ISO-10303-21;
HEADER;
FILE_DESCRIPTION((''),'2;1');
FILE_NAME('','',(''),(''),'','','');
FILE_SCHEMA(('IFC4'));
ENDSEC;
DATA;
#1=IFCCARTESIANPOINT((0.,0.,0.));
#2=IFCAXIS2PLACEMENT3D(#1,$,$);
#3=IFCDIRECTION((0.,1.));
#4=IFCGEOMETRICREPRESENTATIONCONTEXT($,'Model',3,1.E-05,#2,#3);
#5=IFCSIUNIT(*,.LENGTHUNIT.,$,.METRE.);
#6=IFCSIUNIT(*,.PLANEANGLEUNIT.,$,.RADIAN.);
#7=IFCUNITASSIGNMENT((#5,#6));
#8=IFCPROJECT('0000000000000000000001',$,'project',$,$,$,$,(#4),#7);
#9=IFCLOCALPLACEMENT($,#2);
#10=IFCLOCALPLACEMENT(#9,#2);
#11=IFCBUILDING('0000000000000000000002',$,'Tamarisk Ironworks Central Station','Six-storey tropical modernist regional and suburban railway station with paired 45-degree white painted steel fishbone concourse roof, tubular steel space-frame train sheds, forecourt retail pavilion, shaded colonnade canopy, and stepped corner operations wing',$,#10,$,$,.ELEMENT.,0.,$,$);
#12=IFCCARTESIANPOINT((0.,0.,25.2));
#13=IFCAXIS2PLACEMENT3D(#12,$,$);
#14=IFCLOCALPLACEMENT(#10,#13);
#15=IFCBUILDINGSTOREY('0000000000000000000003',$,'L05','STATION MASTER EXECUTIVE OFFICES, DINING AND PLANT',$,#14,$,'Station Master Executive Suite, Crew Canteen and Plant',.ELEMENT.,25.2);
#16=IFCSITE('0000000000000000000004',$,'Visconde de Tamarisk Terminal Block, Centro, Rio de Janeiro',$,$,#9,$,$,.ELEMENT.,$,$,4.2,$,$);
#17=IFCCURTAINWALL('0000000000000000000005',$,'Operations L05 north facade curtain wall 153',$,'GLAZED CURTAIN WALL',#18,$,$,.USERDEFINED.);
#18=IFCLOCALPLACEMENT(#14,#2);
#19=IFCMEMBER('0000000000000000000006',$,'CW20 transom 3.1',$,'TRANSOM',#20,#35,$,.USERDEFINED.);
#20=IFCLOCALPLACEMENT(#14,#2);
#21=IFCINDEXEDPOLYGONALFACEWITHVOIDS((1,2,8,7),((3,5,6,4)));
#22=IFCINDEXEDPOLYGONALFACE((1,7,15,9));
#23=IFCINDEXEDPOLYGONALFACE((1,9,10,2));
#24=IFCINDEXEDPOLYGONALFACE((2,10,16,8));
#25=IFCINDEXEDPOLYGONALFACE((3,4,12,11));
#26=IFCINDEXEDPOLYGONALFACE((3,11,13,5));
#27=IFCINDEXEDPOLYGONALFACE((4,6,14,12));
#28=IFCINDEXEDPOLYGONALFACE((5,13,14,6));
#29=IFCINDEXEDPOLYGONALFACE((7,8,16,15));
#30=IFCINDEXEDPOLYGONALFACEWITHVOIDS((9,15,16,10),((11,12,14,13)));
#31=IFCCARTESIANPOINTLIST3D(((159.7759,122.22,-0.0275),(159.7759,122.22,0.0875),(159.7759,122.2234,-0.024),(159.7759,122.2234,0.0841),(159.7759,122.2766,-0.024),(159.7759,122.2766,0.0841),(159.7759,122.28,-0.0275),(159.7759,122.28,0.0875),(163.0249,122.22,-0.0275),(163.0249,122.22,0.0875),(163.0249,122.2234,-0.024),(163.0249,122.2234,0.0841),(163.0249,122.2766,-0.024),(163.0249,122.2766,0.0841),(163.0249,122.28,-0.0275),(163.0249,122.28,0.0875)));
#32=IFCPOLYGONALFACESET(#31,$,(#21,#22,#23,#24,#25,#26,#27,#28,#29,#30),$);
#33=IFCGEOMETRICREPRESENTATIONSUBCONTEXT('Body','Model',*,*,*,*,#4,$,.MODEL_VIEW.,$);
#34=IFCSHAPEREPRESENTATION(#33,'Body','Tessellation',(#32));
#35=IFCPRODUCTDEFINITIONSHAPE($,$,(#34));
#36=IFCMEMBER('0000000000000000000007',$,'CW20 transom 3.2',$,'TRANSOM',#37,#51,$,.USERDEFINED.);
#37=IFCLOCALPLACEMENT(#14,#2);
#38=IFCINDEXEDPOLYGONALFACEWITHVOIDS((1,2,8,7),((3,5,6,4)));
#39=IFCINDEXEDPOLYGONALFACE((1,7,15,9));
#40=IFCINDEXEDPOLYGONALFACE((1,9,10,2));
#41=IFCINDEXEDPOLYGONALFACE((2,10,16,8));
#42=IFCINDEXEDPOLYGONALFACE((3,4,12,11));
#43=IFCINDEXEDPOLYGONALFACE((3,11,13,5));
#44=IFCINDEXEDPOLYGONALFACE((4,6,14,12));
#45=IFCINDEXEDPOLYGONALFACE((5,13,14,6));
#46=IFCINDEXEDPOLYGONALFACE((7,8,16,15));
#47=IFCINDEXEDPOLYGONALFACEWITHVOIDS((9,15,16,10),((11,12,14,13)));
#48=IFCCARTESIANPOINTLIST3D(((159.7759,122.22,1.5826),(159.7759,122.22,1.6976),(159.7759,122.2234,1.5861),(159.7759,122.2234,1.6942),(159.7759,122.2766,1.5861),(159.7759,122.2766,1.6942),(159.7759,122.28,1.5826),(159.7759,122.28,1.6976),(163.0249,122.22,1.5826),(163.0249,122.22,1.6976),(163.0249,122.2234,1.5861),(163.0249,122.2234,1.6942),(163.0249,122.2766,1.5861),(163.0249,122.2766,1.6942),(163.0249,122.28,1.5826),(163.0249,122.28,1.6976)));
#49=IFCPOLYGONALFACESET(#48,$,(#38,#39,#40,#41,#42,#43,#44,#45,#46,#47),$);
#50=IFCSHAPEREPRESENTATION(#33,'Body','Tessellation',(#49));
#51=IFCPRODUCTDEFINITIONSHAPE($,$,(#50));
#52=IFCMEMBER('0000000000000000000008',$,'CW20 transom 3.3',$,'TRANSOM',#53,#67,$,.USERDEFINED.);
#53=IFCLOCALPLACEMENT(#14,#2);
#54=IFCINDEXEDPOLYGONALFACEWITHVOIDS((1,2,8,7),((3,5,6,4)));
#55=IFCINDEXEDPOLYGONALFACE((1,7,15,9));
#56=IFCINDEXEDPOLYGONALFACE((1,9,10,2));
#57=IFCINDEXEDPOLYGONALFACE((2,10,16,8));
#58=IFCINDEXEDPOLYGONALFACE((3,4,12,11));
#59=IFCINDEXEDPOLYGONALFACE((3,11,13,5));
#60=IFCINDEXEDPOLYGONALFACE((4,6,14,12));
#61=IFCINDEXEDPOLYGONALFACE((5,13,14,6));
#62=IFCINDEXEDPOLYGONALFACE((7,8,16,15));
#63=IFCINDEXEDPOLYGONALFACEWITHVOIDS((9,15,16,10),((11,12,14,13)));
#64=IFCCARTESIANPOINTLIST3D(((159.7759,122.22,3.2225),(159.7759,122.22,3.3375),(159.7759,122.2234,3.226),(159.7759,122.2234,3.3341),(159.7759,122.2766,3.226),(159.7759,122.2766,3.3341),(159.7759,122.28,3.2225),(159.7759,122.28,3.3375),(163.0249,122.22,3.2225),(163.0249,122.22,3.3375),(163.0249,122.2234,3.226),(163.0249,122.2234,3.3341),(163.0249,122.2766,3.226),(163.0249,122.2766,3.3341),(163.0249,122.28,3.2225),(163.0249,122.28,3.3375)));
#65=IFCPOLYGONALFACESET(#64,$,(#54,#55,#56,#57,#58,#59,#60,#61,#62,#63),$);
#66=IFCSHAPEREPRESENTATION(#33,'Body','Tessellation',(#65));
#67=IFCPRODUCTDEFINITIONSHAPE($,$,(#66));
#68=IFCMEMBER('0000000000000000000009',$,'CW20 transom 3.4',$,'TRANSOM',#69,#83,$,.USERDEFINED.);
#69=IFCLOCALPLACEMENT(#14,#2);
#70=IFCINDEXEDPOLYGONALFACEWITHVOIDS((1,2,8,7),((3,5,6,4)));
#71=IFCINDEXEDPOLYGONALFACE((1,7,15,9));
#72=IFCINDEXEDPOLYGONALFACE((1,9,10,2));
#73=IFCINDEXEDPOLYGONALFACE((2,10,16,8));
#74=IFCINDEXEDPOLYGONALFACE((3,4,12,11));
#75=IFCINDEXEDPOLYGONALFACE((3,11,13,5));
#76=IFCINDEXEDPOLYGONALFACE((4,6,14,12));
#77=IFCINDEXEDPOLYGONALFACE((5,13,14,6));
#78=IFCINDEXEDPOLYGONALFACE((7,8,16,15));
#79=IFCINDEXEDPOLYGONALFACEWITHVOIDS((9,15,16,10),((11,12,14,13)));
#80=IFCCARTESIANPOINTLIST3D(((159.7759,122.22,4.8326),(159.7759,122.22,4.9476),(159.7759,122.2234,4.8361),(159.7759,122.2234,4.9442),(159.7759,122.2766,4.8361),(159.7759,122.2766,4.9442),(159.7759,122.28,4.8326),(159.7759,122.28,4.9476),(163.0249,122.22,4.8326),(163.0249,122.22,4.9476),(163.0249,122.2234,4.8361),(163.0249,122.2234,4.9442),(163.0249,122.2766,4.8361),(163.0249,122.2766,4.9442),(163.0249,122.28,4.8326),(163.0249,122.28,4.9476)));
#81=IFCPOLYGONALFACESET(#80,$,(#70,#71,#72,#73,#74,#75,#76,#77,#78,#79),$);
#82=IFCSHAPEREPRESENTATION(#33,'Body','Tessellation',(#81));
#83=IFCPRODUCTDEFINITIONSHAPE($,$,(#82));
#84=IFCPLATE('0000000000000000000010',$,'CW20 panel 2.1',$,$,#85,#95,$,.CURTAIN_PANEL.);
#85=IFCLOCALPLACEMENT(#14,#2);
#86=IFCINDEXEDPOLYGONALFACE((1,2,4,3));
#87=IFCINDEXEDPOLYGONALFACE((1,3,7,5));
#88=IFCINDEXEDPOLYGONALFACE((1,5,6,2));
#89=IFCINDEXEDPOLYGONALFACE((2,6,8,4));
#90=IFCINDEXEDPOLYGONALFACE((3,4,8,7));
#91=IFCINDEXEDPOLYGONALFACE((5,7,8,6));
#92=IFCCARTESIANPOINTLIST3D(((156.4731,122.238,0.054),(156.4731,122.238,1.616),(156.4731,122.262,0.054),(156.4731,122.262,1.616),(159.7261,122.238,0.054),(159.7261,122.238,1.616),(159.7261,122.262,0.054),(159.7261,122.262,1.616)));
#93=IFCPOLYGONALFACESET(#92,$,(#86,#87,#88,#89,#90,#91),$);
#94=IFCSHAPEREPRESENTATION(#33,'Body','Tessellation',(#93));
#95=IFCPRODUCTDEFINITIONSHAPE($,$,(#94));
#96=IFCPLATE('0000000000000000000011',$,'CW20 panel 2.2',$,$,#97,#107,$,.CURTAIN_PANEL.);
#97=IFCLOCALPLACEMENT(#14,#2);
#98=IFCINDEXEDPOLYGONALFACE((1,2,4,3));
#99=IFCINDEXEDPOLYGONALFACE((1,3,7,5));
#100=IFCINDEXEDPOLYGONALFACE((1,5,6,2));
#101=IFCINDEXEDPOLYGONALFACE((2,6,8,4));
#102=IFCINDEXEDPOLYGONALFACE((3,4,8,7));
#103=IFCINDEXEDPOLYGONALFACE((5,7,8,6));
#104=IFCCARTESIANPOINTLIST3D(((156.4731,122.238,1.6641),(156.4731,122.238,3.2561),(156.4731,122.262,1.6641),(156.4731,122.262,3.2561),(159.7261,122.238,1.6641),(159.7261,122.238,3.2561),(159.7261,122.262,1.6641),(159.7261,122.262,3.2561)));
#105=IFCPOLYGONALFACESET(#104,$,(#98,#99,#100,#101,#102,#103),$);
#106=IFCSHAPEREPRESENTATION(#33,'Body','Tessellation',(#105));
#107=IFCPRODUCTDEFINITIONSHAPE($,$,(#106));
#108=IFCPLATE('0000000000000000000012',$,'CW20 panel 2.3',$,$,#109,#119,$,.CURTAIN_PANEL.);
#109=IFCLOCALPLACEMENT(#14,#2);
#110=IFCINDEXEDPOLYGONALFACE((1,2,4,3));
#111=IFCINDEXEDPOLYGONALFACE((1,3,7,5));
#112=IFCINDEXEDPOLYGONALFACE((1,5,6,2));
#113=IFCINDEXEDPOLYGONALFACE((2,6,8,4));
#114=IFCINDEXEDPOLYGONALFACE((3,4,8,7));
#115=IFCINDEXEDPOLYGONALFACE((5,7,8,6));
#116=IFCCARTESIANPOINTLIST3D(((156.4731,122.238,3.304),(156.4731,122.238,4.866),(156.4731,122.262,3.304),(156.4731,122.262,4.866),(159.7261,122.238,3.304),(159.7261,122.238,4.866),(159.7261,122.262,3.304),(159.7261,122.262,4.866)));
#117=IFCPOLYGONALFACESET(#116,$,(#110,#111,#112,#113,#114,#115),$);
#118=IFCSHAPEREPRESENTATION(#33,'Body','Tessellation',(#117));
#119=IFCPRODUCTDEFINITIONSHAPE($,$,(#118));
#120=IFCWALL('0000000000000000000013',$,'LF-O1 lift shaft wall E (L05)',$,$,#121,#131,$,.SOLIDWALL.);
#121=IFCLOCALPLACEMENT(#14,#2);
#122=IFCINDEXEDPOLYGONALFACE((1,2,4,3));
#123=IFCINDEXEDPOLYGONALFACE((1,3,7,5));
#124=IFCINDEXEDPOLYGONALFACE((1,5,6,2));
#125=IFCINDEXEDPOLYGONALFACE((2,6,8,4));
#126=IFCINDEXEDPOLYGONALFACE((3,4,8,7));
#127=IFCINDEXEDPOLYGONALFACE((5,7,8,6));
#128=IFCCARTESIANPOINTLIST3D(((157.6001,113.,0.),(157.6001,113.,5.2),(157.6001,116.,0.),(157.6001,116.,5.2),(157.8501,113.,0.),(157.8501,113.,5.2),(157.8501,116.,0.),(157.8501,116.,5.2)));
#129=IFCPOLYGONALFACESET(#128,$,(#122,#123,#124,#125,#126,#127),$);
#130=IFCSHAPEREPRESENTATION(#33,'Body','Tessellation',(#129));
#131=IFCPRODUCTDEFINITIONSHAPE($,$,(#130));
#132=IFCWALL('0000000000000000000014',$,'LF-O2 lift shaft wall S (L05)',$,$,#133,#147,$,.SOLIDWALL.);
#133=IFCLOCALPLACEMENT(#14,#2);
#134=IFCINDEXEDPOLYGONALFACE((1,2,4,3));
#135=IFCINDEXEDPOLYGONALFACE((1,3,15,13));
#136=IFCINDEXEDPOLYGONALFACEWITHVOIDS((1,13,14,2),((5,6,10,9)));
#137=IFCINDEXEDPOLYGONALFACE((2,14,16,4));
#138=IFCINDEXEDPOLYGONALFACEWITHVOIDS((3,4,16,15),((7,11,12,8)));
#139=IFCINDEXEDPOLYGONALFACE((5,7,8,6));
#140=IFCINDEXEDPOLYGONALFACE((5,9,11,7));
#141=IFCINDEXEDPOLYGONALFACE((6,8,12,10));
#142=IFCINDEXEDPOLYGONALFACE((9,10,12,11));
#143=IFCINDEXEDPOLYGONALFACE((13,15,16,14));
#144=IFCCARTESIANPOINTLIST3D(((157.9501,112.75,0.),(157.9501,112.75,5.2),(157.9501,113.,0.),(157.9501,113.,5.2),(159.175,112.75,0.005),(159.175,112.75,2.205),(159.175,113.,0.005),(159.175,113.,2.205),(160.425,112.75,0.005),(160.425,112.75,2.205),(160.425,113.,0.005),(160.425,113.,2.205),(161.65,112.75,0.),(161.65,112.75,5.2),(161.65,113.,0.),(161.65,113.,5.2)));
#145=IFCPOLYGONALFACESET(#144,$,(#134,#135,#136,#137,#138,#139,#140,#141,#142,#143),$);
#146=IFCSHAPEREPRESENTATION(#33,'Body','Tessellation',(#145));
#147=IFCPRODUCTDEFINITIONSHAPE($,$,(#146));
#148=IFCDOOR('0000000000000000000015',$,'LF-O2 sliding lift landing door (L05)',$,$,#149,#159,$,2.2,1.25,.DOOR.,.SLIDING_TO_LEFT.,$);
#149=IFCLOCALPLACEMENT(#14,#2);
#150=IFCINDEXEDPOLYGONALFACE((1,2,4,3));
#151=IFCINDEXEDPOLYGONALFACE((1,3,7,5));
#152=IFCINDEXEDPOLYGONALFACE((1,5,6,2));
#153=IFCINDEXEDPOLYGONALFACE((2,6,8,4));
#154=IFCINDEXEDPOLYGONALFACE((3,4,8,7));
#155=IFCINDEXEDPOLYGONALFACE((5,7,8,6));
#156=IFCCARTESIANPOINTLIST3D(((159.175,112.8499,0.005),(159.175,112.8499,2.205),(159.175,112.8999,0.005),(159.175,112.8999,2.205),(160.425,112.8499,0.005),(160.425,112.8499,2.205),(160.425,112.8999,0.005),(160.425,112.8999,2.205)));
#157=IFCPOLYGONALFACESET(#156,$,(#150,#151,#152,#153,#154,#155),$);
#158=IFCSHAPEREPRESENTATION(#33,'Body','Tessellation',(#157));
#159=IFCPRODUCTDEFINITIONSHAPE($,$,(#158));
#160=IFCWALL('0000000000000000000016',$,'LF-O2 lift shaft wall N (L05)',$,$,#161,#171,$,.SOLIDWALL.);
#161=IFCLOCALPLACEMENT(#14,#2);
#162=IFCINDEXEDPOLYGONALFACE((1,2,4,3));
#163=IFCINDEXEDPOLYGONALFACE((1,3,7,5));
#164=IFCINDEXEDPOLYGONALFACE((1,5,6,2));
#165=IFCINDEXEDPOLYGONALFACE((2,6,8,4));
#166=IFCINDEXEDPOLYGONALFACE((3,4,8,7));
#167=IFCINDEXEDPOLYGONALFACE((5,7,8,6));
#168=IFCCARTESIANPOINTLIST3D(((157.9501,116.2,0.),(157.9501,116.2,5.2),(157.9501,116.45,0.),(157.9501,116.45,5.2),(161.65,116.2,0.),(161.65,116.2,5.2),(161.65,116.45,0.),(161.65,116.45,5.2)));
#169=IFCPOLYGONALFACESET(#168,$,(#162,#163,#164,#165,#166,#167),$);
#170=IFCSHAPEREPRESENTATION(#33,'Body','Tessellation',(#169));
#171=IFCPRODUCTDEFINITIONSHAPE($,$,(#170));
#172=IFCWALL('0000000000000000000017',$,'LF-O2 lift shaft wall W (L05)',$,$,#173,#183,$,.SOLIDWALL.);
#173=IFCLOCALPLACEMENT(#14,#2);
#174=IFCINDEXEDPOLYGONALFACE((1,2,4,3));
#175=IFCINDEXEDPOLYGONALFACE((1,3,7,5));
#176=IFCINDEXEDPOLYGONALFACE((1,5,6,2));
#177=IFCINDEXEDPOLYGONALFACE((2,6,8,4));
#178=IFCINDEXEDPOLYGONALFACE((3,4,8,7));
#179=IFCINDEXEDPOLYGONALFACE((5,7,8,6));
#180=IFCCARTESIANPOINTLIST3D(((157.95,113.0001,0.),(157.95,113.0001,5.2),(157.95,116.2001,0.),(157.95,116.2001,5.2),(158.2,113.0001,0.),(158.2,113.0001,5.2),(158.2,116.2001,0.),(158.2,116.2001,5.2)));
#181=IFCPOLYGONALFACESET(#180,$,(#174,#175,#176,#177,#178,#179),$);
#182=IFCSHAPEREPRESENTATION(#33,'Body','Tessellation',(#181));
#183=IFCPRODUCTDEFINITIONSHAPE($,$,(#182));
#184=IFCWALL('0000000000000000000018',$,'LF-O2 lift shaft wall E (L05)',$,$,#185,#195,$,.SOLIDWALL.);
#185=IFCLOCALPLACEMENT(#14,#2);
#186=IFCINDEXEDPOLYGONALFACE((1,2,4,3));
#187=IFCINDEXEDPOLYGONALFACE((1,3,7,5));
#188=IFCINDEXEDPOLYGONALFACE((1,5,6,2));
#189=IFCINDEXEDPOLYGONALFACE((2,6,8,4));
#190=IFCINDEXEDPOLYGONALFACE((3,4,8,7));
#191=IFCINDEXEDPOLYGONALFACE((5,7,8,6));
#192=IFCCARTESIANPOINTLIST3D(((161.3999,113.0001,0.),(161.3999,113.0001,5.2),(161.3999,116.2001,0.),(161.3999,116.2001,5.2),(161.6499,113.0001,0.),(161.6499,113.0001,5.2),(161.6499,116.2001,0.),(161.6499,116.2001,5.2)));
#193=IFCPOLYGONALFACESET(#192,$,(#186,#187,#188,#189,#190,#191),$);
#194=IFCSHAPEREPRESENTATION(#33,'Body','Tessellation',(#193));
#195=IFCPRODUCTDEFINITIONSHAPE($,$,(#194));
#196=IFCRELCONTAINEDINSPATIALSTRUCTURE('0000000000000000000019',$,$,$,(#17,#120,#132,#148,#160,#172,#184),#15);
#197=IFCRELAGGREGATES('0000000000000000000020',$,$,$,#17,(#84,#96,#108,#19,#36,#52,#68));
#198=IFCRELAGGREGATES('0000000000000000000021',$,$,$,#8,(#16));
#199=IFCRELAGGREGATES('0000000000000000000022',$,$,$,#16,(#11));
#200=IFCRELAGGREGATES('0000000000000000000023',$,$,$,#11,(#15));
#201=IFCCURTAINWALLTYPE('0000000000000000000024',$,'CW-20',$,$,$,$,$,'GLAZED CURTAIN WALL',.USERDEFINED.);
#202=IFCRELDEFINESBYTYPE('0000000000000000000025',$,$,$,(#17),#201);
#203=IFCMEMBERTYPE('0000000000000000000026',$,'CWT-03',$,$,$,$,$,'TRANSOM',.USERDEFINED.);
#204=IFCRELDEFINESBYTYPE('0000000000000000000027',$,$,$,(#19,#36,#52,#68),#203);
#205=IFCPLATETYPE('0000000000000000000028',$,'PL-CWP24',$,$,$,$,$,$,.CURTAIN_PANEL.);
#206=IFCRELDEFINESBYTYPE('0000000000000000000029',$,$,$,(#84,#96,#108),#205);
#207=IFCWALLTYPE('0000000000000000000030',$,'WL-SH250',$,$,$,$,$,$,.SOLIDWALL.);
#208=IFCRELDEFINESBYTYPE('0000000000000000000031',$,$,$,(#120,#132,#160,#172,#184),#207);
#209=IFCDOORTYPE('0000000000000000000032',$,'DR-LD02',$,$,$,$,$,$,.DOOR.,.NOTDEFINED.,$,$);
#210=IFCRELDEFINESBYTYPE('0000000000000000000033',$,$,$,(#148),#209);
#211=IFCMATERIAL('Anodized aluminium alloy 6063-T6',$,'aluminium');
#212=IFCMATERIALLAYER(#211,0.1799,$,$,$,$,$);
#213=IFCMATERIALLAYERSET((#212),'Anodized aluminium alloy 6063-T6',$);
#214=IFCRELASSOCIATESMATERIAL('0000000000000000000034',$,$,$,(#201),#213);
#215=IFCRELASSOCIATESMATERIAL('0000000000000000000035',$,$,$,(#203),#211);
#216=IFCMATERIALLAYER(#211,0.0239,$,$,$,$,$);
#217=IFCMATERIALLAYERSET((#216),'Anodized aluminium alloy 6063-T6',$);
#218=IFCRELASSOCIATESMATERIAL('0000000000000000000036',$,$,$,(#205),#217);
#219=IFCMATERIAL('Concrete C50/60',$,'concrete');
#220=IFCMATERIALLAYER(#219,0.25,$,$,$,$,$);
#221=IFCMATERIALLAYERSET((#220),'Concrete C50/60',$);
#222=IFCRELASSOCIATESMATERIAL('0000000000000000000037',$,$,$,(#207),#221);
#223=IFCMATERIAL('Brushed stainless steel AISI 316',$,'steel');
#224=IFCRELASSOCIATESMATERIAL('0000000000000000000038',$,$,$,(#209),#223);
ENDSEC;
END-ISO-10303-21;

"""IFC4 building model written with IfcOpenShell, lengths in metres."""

from ifc_helpers import new_model, si_unit, direction, frame, frame_2d, origin, origin_2d, place, context, subcontext, project, spatial, rectangle, hollow_rectangle, extrude, material, layer, layer_set, material_profile, profile_set, type_object, element, fill, aggregate, save


model = new_model("IFC4")

# Units and contexts
model_context = context("Model", 3, precision=1e-05, world=origin(), true_north=direction((0.0, 1.0)))
body_context = subcontext(model_context, "Body", "Model", "MODEL_VIEW")
ifc_project = project(units=[si_unit("LENGTHUNIT", "METRE"), si_unit("PLANEANGLEUNIT", "RADIAN")], contexts=[model_context])

# Site, building, storey
site_placement = place(None, origin())
site = spatial("IfcSite", under=ifc_project, at=site_placement, Name="Visconde de Tamarisk Terminal Block, Centro, Rio de Janeiro", CompositionType="ELEMENT", RefElevation=4.2)
building_placement = place(site_placement, origin())
building = spatial("IfcBuilding", under=site, at=building_placement, Name="Tamarisk Ironworks Central Station", Description="Six-storey tropical modernist regional and suburban railway station with paired 45-degree white painted steel fishbone concourse roof, tubular steel space-frame train sheds, forecourt retail pavilion, shaded colonnade canopy, and stepped corner operations wing", CompositionType="ELEMENT", ElevationOfRefHeight=0.0)
storey_placement = place(building_placement, frame((0.0, 0.0, 25.2)))
storey = spatial("IfcBuildingStorey", under=building, at=storey_placement, Name="L05", Description="STATION MASTER EXECUTIVE OFFICES, DINING AND PLANT", LongName="Station Master Executive Suite, Crew Canteen and Plant", CompositionType="ELEMENT", Elevation=25.2)

# Curtain wall, members, plates
ifc_material_1 = material(Name="Anodized aluminium alloy 6063-T6", Category="aluminium")
ifc_layer_1 = layer(ifc_material_1, 0.1799)
ifc_layer_set_1 = layer_set([ifc_layer_1], Name="Anodized aluminium alloy 6063-T6")
curtain_wall_type = type_object("IfcCurtainWallType", Name="CW-20", ElementType="GLAZED CURTAIN WALL", PredefinedType="USERDEFINED", material=ifc_layer_set_1)
curtain_wall_placement = place(storey_placement, origin())
curtain_wall = element("IfcCurtainWall", 1, at=curtain_wall_placement, inside=storey, type_object=curtain_wall_type, Name="Operations L05 north facade curtain wall 153", ObjectType="GLAZED CURTAIN WALL", PredefinedType="USERDEFINED")
ifc_material_profile_1 = material_profile(ifc_material_1, hollow_rectangle(XDim=0.0601, YDim=0.115, WallThickness=0.0034, at=origin_2d()), Name="ALUM 115x60")
ifc_profile_set_1 = profile_set([ifc_material_profile_1], Name="Anodized aluminium alloy 6063-T6")
member_type_1 = type_object("IfcMemberType", Name="CWT-03", ElementType="TRANSOM", PredefinedType="USERDEFINED", material=ifc_profile_set_1)
member_1_placement = place(storey_placement, frame((159.7759, 122.25, 0.03), z_axis=(1.0, 0.0, 0.0), x_axis=(0.0, 1.0, 0.0)))
member_1 = element("IfcMember", 2, at=member_1_placement, type_object=member_type_1, Name="CW20 transom 3.1", ObjectType="TRANSOM", PredefinedType="USERDEFINED", context=body_context, shape_type="SweptSolid", body=[
    extrude(hollow_rectangle(XDim=0.0601, YDim=0.115, WallThickness=0.0034, at=origin_2d()), origin(), (0.0, 0.0, 1.0), 3.249),
])
member_2_placement = place(storey_placement, frame((159.7759, 122.25, 1.6401), z_axis=(1.0, 0.0, 0.0), x_axis=(0.0, 1.0, 0.0)))
member_2 = element("IfcMember", 3, at=member_2_placement, type_object=member_type_1, Name="CW20 transom 3.2", ObjectType="TRANSOM", PredefinedType="USERDEFINED", context=body_context, shape_type="SweptSolid", body=[
    extrude(hollow_rectangle(XDim=0.0601, YDim=0.115, WallThickness=0.0034, at=origin_2d()), origin(), (0.0, 0.0, 1.0), 3.249),
])
member_3_placement = place(storey_placement, frame((159.7759, 122.25, 3.28), z_axis=(1.0, 0.0, 0.0), x_axis=(0.0, 1.0, 0.0)))
member_3 = element("IfcMember", 4, at=member_3_placement, type_object=member_type_1, Name="CW20 transom 3.3", ObjectType="TRANSOM", PredefinedType="USERDEFINED", context=body_context, shape_type="SweptSolid", body=[
    extrude(hollow_rectangle(XDim=0.0601, YDim=0.115, WallThickness=0.0034, at=origin_2d()), origin(), (0.0, 0.0, 1.0), 3.249),
])
member_4_placement = place(storey_placement, frame((159.7759, 122.25, 4.8901), z_axis=(1.0, 0.0, 0.0), x_axis=(0.0, 1.0, 0.0)))
member_4 = element("IfcMember", 5, at=member_4_placement, type_object=member_type_1, Name="CW20 transom 3.4", ObjectType="TRANSOM", PredefinedType="USERDEFINED", context=body_context, shape_type="SweptSolid", body=[
    extrude(hollow_rectangle(XDim=0.0601, YDim=0.115, WallThickness=0.0034, at=origin_2d()), origin(), (0.0, 0.0, 1.0), 3.249),
])
ifc_layer_2 = layer(ifc_material_1, 0.0239)
ifc_layer_set_2 = layer_set([ifc_layer_2], Name="Anodized aluminium alloy 6063-T6")
plate_type = type_object("IfcPlateType", Name="PL-CWP24", PredefinedType="CURTAIN_PANEL", material=ifc_layer_set_2)
plate_1_placement = place(storey_placement, frame((158.0996, 122.25, 0.054), z_axis=(0.0, 0.0, 1.0), x_axis=(1.0, 0.0, 0.0)))
plate_1 = element("IfcPlate", 6, at=plate_1_placement, type_object=plate_type, Name="CW20 panel 2.1", PredefinedType="CURTAIN_PANEL", context=body_context, shape_type="SweptSolid", body=[
    extrude(rectangle(XDim=3.2529, YDim=0.0239, at=origin_2d()), origin(), (0.0, 0.0, 1.0), 1.562),
])
plate_2_placement = place(storey_placement, frame((158.0996, 122.25, 1.6641), z_axis=(0.0, 0.0, 1.0), x_axis=(1.0, 0.0, 0.0)))
plate_2 = element("IfcPlate", 7, at=plate_2_placement, type_object=plate_type, Name="CW20 panel 2.2", PredefinedType="CURTAIN_PANEL", context=body_context, shape_type="SweptSolid", body=[
    extrude(rectangle(XDim=3.2529, YDim=0.0239, at=origin_2d()), origin(), (0.0, 0.0, 1.0), 1.592),
])
plate_3_placement = place(storey_placement, frame((158.0996, 122.25, 3.304), z_axis=(0.0, 0.0, 1.0), x_axis=(1.0, 0.0, 0.0)))
plate_3 = element("IfcPlate", 8, at=plate_3_placement, type_object=plate_type, Name="CW20 panel 2.3", PredefinedType="CURTAIN_PANEL", context=body_context, shape_type="SweptSolid", body=[
    extrude(rectangle(XDim=3.2529, YDim=0.0239, at=origin_2d()), origin(), (0.0, 0.0, 1.0), 1.562),
])
aggregate(curtain_wall, [plate_1, plate_2, plate_3, member_1, member_2, member_3, member_4])

# Wall
ifc_material_2 = material(Name="Concrete C50/60", Category="concrete")
ifc_layer_3 = layer(ifc_material_2, 0.25)
ifc_layer_set_3 = layer_set([ifc_layer_3], Name="Concrete C50/60")
wall_type = type_object("IfcWallType", Name="WL-SH250", PredefinedType="SOLIDWALL", material=ifc_layer_set_3)
wall_1_placement = place(storey_placement, frame((157.7251, 113.0, 0.0), z_axis=(0.0, 0.0, 1.0), x_axis=(0.0, 1.0, 0.0)))
element("IfcWall", 9, at=wall_1_placement, inside=storey, type_object=wall_type, Name="LF-O1 lift shaft wall E (L05)", PredefinedType="SOLIDWALL", context=body_context, shape_type="SweptSolid", body=[
    extrude(rectangle(XDim=3.0, YDim=0.25, at=frame_2d((1.5, 0.0))), origin(), (0.0, 0.0, 1.0), 5.2),
])

# Wall, opening, door
wall_2_placement = place(storey_placement, frame((157.95, 112.875, 0.0), z_axis=(0.0, 0.0, 1.0), x_axis=(1.0, 0.0, 0.0)))
wall_2 = element("IfcWall", 10, at=wall_2_placement, inside=storey, type_object=wall_type, Name="LF-O2 lift shaft wall S (L05)", PredefinedType="SOLIDWALL", context=body_context, shape_type="SweptSolid", body=[
    extrude(rectangle(XDim=3.7, YDim=0.25, at=frame_2d((1.8501, 0.0))), origin(), (0.0, 0.0, 1.0), 5.2),
])
opening_placement = place(wall_2_placement, frame((1.2251, 0.0, 0.0049)))
opening = element("IfcOpeningElement", 11, at=opening_placement, cuts=wall_2, PredefinedType="OPENING", context=body_context, shape_type="SweptSolid", body=[
    extrude(rectangle(XDim=1.25, YDim=2.2, at=frame_2d((0.625, 1.1001))), frame((0.0, 0.137, 0.0), z_axis=(0.0, -1.0, 0.0), x_axis=(1.0, 0.0, 0.0)), (0.0, 0.0, 1.0), 0.2739),
])
ifc_material_3 = material(Name="Brushed stainless steel AISI 316", Category="steel")
door_type = type_object("IfcDoorType", Name="DR-LD02", OperationType="NOTDEFINED", PredefinedType="DOOR", material=ifc_material_3)
door_placement = place(opening_placement, origin())
door = element("IfcDoor", 12, at=door_placement, inside=storey, type_object=door_type, Name="LF-O2 sliding lift landing door (L05)", OperationType="SLIDING_TO_LEFT", OverallHeight=2.2, OverallWidth=1.25, PredefinedType="DOOR", context=body_context, shape_type="SweptSolid", body=[
    extrude(rectangle(XDim=1.25, YDim=2.2, at=frame_2d((0.625, 1.1001))), frame((0.0, 0.0249, 0.0), z_axis=(0.0, -1.0, 0.0), x_axis=(1.0, 0.0, 0.0)), (0.0, 0.0, 1.0), 0.05),
])
fill(opening, door)

# Walls
wall_3_placement = place(storey_placement, frame((157.95, 116.325, 0.0), z_axis=(0.0, 0.0, 1.0), x_axis=(1.0, 0.0, 0.0)))
element("IfcWall", 13, at=wall_3_placement, inside=storey, type_object=wall_type, Name="LF-O2 lift shaft wall N (L05)", PredefinedType="SOLIDWALL", context=body_context, shape_type="SweptSolid", body=[
    extrude(rectangle(XDim=3.7, YDim=0.25, at=frame_2d((1.8501, 0.0))), origin(), (0.0, 0.0, 1.0), 5.2),
])
for number, where, z_axis, x_axis, name in (
    (14, (158.075, 113.0, 0.0), (0.0, 0.0, 1.0), (0.0, 1.0, 0.0), "LF-O2 lift shaft wall W (L05)"),
    (15, (161.5249, 113.0, 0.0), (0.0, 0.0, 1.0), (0.0, 1.0, 0.0), "LF-O2 lift shaft wall E (L05)"),
):
    element("IfcWall", number, at=place(storey_placement, frame(where, z_axis=z_axis, x_axis=x_axis)), inside=storey, type_object=wall_type, Name=name, PredefinedType="SOLIDWALL", context=body_context, shape_type="SweptSolid", body=[
        extrude(rectangle(XDim=3.2, YDim=0.25, at=frame_2d((1.6001, 0.0))), origin(), (0.0, 0.0, 1.0), 5.2),
    ])

save(model, "model.ifc")
